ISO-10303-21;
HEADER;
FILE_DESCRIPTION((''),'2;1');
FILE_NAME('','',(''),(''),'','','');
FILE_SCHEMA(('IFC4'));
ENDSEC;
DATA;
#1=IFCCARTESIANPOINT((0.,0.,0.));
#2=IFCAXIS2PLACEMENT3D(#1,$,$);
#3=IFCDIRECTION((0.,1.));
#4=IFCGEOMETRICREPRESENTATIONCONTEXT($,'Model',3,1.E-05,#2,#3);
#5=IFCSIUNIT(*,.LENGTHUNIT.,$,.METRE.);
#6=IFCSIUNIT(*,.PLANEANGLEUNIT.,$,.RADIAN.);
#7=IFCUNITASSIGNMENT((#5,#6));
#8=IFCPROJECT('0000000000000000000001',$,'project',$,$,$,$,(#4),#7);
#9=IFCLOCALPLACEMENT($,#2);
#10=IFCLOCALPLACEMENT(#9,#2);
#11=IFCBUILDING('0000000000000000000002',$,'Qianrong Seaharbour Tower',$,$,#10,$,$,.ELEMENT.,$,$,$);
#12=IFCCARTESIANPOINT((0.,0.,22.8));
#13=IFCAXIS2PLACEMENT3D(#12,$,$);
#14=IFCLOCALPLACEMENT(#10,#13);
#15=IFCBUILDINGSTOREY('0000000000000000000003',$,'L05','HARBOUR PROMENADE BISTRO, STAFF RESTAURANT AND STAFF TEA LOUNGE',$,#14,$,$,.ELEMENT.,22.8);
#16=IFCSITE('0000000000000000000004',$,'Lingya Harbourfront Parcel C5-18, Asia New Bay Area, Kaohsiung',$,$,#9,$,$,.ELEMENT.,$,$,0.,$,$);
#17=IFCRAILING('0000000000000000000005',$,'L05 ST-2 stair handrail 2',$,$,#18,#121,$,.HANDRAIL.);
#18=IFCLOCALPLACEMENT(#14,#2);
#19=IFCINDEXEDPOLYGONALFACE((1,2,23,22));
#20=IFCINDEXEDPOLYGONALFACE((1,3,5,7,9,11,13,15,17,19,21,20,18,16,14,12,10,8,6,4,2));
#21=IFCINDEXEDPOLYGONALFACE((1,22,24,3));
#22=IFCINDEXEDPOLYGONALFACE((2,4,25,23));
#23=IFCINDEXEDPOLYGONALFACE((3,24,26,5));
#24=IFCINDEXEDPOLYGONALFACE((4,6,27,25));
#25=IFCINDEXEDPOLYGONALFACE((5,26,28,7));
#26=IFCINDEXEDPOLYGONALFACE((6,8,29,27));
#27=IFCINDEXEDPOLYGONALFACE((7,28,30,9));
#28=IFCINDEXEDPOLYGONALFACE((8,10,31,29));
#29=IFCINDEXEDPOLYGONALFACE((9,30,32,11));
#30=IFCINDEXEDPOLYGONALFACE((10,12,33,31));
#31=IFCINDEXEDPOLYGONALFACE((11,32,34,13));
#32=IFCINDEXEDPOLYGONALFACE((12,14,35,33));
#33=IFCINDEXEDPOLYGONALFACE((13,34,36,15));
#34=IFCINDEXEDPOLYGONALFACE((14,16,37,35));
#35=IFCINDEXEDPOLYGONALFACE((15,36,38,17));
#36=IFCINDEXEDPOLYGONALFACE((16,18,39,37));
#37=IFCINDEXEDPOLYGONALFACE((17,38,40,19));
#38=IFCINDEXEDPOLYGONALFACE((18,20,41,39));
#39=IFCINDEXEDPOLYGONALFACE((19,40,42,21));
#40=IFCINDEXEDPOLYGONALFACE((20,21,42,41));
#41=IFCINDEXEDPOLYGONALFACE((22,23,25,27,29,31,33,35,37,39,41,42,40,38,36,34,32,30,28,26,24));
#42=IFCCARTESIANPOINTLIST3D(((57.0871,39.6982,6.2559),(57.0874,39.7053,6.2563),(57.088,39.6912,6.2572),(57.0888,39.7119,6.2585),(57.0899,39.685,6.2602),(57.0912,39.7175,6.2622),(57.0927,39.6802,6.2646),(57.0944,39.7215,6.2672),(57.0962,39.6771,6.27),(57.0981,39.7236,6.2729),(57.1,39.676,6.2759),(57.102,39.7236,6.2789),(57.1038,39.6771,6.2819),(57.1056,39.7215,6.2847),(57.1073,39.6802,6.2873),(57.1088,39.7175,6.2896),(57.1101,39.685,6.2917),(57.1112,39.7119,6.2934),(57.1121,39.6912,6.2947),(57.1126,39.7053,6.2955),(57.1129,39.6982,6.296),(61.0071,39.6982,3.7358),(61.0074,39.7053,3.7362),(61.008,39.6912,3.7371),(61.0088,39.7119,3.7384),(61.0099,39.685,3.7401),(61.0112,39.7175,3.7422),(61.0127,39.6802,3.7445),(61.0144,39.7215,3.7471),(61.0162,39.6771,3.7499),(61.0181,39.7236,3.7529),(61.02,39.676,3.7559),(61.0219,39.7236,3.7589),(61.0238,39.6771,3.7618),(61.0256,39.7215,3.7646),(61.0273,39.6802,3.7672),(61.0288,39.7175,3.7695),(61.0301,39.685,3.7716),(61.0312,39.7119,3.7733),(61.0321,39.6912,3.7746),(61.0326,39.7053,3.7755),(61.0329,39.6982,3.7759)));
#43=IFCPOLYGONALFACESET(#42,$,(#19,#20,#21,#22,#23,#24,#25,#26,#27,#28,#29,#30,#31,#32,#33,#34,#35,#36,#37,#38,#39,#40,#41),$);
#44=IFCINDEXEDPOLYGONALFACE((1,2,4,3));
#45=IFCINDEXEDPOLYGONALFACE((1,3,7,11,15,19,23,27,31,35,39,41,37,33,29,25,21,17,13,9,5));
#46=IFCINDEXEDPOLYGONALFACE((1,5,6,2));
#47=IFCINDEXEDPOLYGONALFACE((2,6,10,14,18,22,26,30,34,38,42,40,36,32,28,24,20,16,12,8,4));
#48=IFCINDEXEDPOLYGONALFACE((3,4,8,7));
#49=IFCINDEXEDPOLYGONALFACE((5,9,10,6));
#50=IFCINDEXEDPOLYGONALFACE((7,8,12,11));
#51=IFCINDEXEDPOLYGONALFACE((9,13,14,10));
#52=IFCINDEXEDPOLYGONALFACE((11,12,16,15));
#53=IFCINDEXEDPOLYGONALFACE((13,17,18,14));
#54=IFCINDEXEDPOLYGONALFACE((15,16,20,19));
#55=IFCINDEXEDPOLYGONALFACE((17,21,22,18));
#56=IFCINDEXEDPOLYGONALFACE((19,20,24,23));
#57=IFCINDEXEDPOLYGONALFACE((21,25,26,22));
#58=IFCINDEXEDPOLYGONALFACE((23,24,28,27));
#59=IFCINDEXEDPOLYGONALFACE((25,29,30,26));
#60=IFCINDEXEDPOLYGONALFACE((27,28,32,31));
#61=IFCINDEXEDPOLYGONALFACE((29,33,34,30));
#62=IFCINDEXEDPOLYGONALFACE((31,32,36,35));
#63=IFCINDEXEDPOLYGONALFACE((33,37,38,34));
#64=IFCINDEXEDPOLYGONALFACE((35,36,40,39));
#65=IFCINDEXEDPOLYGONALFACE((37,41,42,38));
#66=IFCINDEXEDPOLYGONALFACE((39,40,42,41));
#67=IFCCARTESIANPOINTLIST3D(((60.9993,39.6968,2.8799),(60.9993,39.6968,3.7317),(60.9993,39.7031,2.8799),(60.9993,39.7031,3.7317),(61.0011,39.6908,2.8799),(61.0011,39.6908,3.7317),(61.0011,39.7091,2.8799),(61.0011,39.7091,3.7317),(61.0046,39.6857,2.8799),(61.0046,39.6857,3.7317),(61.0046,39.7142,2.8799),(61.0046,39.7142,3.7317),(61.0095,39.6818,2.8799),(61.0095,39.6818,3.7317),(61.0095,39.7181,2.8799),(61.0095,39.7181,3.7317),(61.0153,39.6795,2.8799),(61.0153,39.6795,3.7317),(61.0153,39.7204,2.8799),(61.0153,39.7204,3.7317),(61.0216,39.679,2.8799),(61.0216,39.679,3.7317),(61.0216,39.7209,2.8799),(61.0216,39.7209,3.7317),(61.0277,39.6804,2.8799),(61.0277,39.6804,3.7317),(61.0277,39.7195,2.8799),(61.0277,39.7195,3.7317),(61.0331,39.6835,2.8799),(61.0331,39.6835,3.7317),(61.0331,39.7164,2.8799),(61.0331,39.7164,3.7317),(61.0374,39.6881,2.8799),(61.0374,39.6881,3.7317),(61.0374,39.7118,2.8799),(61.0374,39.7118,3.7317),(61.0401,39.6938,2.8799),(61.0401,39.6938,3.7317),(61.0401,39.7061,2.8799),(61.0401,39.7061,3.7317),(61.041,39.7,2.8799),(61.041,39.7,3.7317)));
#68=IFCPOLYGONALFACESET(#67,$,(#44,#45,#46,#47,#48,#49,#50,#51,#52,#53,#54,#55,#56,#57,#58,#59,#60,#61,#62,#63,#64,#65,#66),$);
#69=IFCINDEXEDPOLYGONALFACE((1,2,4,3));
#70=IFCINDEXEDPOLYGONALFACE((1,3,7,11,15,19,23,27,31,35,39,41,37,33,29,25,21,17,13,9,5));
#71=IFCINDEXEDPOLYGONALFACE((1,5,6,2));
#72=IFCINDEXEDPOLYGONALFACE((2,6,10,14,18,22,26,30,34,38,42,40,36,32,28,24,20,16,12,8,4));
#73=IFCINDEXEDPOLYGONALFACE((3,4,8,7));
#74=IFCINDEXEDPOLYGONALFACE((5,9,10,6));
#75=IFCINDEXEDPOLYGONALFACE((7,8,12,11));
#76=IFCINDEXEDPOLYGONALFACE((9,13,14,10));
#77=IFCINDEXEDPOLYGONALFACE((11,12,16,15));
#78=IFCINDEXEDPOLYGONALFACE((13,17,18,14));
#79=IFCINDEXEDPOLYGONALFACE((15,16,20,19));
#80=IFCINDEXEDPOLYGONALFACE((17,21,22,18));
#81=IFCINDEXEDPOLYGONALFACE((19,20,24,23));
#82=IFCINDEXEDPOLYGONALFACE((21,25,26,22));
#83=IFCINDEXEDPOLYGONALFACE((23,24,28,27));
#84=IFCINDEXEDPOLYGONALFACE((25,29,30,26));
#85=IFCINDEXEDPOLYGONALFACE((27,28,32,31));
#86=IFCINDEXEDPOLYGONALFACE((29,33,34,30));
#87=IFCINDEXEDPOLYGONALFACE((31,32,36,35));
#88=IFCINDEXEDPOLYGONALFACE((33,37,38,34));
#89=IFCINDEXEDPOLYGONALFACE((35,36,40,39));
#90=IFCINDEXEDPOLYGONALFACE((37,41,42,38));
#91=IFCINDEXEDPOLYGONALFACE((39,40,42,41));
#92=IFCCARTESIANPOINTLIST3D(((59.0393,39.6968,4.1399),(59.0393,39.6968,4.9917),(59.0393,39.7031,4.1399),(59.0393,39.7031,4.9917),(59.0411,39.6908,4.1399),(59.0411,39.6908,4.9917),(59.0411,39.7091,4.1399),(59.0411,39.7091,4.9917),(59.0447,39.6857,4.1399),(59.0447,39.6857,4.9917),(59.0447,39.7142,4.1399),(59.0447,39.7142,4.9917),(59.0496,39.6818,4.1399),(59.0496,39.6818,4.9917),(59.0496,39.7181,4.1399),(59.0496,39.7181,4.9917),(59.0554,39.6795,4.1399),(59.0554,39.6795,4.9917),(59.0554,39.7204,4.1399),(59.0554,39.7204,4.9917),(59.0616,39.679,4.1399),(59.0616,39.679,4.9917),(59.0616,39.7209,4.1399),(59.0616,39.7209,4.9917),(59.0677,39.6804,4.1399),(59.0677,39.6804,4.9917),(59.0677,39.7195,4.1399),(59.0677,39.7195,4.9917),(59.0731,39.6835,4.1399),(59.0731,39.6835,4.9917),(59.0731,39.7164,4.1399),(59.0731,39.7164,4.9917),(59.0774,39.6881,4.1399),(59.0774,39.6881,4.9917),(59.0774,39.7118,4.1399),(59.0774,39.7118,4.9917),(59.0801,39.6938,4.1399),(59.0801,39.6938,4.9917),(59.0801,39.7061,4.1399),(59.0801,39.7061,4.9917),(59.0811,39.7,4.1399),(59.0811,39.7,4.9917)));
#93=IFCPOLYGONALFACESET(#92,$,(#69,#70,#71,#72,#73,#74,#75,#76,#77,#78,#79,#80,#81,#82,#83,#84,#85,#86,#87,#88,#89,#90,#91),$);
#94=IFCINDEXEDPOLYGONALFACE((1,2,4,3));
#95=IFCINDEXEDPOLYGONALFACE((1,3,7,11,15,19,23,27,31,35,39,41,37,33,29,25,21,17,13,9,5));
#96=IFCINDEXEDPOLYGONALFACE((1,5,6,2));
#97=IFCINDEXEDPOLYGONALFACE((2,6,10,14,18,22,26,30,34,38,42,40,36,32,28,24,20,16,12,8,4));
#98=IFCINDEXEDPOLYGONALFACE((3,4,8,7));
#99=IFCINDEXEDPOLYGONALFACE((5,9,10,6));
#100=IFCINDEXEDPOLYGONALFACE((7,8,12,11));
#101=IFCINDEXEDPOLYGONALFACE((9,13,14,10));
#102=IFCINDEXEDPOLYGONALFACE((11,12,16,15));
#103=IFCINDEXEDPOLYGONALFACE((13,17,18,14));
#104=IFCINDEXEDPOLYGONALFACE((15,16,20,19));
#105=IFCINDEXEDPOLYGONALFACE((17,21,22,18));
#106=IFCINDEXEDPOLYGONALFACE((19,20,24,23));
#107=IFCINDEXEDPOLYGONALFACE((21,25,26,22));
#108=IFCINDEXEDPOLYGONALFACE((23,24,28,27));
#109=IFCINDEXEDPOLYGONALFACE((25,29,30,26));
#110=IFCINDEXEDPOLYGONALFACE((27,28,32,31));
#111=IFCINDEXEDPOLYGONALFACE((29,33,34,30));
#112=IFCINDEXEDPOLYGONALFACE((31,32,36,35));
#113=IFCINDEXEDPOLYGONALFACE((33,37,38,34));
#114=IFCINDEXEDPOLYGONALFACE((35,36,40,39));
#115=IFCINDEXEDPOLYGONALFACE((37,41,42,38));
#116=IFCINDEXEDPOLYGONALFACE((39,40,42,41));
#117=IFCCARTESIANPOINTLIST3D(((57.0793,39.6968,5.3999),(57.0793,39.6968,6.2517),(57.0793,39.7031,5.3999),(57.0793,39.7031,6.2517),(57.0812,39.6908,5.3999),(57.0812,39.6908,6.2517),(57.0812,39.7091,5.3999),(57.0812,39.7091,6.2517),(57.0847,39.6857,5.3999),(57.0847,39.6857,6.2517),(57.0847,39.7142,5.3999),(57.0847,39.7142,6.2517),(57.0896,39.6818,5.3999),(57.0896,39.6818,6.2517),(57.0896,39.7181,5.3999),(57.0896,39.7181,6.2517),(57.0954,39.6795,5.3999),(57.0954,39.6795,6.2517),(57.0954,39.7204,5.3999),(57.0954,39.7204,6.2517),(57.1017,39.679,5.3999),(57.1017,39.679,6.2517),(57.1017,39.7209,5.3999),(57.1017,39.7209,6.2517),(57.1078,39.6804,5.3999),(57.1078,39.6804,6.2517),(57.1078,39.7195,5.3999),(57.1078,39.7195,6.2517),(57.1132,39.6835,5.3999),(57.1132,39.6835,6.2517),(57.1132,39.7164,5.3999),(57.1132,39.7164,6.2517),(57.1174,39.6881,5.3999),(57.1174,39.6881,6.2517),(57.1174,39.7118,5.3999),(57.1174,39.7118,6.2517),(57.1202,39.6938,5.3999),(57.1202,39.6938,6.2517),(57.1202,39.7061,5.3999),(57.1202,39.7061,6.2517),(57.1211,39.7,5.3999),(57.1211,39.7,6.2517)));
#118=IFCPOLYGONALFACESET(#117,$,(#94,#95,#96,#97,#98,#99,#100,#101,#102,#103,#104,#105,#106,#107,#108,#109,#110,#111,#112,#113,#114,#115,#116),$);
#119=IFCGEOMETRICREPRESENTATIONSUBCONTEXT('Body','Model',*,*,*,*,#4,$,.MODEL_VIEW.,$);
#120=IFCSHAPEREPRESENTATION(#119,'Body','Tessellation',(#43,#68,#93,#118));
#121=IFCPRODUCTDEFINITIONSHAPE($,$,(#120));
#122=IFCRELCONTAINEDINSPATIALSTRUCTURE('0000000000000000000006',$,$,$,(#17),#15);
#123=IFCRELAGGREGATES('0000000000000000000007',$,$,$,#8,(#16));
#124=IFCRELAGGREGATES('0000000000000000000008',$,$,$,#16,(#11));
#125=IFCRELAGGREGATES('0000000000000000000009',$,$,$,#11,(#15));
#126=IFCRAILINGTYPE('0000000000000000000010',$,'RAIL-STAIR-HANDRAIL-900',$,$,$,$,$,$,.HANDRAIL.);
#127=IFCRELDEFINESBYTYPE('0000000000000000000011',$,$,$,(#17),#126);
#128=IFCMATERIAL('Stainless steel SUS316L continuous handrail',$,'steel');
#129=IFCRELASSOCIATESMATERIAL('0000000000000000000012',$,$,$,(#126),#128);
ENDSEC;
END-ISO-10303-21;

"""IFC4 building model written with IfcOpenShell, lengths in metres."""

from ifc_helpers import new_model, si_unit, direction, frame, origin, origin_2d, place, context, subcontext, project, spatial, circle, extrude, material, type_object, element, save


model = new_model("IFC4")

# Units and contexts
model_context = context("Model", 3, precision=1e-05, world=origin(), true_north=direction((0.0, 1.0)))
body_context = subcontext(model_context, "Body", "Model", "MODEL_VIEW")
ifc_project = project(units=[si_unit("LENGTHUNIT", "METRE"), si_unit("PLANEANGLEUNIT", "RADIAN")], contexts=[model_context])

# Site, building, storey
site_placement = place(None, origin())
site = spatial("IfcSite", under=ifc_project, at=site_placement, Name="Lingya Harbourfront Parcel C5-18, Asia New Bay Area, Kaohsiung", CompositionType="ELEMENT", RefElevation=0.0)
building_placement = place(site_placement, origin())
building = spatial("IfcBuilding", under=site, at=building_placement, Name="Qianrong Seaharbour Tower", CompositionType="ELEMENT")
storey_placement = place(building_placement, frame((0.0, 0.0, 22.8)))
storey = spatial("IfcBuildingStorey", under=building, at=storey_placement, Name="L05", Description="HARBOUR PROMENADE BISTRO, STAFF RESTAURANT AND STAFF TEA LOUNGE", CompositionType="ELEMENT", Elevation=22.8)

# Railing
ifc_material_1 = material(Name="Stainless steel SUS316L continuous handrail", Category="steel")
railing_type_1 = type_object("IfcRailingType", Name="RAIL-STAIR-HANDRAIL-900", PredefinedType="HANDRAIL", material=ifc_material_1)
railing_1_placement = place(storey_placement, frame((61.02, 39.7, 2.8799)))
element("IfcRailing", 1, at=railing_1_placement, inside=storey, type_object=railing_type_1, Name="L05 ST-2 stair handrail 2", PredefinedType="HANDRAIL", context=body_context, shape_type="SweptSolid", body=[
    extrude(circle(Radius=0.0239, at=origin_2d()), frame((0.0, 0.0, 0.876), z_axis=(-0.841172, 0.0, 0.540768), x_axis=(0.0, -1.0, 0.0)), (0.0, 0.0, 1.0), 4.6602),
    extrude(circle(Radius=0.021, at=origin_2d()), origin(), (0.0, 0.0, 1.0), 0.8518),
    extrude(circle(Radius=0.021, at=origin_2d()), frame((-1.96, 0.0, 1.26)), (0.0, 0.0, 1.0), 0.8518),
    extrude(circle(Radius=0.021, at=origin_2d()), frame((-3.9199, 0.0, 2.52)), (0.0, 0.0, 1.0), 0.8518),
])

save(model, "model.ifc")
